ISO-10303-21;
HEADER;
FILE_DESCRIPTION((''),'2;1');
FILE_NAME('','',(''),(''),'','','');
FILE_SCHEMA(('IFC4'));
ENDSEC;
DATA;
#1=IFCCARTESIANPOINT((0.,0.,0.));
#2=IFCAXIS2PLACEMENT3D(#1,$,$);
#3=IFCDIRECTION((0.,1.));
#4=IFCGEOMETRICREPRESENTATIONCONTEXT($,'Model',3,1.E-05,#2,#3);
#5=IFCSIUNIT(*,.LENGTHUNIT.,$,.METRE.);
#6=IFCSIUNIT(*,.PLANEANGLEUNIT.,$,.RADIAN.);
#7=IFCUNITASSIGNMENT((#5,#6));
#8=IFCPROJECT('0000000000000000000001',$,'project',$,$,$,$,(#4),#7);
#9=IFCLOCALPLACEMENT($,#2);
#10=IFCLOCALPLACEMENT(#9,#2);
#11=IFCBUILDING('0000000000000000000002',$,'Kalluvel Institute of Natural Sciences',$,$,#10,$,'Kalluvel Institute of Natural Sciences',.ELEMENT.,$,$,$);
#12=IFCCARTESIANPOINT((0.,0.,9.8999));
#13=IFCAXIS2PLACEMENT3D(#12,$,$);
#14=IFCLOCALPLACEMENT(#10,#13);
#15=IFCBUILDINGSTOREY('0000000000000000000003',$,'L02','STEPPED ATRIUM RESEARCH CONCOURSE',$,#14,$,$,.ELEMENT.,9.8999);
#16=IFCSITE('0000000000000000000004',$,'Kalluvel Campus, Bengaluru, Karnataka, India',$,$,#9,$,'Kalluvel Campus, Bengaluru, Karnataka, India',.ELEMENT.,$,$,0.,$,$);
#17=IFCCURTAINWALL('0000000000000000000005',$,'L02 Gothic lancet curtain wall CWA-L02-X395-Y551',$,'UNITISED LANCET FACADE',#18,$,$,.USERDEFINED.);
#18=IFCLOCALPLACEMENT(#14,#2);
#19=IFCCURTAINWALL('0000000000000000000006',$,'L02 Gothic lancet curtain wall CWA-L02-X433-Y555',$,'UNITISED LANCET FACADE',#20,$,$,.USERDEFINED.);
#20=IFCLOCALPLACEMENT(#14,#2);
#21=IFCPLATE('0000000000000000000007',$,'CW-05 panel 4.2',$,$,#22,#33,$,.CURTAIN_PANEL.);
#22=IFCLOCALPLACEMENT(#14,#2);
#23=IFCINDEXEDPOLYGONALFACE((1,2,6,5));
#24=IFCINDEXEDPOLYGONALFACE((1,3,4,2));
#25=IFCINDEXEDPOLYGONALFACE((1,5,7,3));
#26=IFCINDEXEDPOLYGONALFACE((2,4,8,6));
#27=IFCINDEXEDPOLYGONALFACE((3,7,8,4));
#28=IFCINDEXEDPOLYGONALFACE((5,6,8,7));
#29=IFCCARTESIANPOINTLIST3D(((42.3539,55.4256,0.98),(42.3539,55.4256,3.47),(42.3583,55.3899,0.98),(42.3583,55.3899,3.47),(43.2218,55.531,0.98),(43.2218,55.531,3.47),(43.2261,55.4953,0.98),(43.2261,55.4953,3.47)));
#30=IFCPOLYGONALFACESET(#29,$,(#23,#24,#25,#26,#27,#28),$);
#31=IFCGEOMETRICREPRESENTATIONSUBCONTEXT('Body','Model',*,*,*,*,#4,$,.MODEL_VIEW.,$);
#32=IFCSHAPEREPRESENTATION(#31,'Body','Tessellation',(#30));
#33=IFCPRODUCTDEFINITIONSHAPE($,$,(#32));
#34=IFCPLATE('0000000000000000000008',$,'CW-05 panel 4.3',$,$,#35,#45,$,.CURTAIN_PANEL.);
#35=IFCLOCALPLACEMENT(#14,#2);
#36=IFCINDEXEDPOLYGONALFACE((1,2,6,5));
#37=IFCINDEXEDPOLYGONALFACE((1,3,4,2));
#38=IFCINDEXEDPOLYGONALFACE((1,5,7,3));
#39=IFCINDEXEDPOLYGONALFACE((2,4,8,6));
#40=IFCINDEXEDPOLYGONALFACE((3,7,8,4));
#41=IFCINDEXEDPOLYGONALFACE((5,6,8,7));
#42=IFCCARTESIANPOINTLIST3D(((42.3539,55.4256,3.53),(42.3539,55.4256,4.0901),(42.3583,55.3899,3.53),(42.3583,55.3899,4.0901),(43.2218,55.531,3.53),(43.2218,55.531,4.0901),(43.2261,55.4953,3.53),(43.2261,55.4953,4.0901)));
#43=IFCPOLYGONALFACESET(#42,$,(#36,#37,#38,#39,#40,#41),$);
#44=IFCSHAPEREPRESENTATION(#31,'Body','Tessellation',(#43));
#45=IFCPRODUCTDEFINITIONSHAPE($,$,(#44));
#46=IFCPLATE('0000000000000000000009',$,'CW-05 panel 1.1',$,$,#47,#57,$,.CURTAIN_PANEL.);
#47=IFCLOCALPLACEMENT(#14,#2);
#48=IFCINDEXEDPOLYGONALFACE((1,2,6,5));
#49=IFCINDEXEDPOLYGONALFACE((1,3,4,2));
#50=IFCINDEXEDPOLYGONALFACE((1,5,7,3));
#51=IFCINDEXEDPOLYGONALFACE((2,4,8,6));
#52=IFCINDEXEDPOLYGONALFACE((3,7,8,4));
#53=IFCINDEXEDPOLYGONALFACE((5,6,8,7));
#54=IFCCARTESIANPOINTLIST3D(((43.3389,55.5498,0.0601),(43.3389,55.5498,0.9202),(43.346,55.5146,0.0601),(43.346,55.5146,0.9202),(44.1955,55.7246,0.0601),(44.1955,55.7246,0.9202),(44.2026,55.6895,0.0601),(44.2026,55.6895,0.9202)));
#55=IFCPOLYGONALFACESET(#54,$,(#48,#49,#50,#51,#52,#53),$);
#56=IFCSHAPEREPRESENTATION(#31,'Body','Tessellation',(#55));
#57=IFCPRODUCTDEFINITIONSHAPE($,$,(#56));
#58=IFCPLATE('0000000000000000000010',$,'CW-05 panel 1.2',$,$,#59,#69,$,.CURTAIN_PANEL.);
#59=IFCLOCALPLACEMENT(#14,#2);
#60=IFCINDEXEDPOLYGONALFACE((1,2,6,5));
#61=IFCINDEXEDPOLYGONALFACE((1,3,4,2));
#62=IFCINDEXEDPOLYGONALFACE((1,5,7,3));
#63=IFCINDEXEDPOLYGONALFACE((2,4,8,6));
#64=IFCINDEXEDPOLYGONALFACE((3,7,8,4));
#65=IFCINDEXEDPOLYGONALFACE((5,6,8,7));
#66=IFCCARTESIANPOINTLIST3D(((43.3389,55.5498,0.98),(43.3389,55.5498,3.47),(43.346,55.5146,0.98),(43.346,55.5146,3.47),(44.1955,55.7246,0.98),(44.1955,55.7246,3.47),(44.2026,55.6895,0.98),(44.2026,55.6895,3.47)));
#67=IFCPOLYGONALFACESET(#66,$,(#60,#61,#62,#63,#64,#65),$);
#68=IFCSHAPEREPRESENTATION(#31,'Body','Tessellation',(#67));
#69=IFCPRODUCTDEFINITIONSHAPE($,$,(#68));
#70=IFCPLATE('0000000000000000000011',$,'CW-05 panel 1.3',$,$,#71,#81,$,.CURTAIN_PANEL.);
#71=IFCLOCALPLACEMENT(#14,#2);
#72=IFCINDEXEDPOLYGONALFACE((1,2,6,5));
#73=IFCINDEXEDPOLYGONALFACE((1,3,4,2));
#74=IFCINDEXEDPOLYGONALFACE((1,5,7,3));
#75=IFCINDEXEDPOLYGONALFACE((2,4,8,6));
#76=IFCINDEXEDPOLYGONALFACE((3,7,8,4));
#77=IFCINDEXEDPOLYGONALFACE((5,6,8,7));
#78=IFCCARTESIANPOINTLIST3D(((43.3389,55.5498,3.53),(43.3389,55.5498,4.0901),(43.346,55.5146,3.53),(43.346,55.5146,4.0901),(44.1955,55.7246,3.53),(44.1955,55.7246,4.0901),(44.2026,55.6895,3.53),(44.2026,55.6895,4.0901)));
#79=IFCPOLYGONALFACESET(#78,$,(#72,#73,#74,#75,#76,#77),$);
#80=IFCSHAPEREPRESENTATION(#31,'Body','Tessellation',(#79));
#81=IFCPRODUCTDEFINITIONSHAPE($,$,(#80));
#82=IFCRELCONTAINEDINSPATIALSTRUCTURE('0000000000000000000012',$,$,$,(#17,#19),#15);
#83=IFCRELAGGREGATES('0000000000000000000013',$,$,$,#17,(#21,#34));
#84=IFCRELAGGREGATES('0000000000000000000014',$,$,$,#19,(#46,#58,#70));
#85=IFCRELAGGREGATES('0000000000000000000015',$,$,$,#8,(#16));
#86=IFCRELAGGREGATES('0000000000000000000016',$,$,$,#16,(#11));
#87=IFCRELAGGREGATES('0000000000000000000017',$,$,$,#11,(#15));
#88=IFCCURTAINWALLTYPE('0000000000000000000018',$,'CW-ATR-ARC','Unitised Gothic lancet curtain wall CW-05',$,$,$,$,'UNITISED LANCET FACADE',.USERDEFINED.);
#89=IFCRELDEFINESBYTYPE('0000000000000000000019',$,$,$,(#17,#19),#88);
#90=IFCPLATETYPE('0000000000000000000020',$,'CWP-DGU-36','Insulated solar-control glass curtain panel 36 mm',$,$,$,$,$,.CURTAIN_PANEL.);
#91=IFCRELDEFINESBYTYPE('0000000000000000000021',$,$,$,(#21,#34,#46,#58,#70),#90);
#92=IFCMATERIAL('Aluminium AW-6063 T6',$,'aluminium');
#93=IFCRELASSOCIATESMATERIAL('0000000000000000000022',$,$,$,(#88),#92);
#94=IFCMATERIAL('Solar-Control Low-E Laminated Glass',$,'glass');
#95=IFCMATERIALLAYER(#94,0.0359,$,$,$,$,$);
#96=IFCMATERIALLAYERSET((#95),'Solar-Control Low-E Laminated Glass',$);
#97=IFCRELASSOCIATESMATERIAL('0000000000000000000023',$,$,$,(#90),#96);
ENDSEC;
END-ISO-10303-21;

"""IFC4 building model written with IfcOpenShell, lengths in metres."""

from ifc_helpers import new_model, si_unit, direction, frame, origin, origin_2d, place, context, subcontext, project, spatial, rectangle, extrude, material, layer, layer_set, type_object, element, aggregate, save


model = new_model("IFC4")

# Units and contexts
model_context = context("Model", 3, precision=1e-05, world=origin(), true_north=direction((0.0, 1.0)))
body_context = subcontext(model_context, "Body", "Model", "MODEL_VIEW")
ifc_project = project(units=[si_unit("LENGTHUNIT", "METRE"), si_unit("PLANEANGLEUNIT", "RADIAN")], contexts=[model_context])

# Site, building, storey
site_placement = place(None, origin())
site = spatial("IfcSite", under=ifc_project, at=site_placement, Name="Kalluvel Campus, Bengaluru, Karnataka, India", LongName="Kalluvel Campus, Bengaluru, Karnataka, India", CompositionType="ELEMENT", RefElevation=0.0)
building_placement = place(site_placement, origin())
building = spatial("IfcBuilding", under=site, at=building_placement, Name="Kalluvel Institute of Natural Sciences", LongName="Kalluvel Institute of Natural Sciences", CompositionType="ELEMENT")
storey_placement = place(building_placement, frame((0.0, 0.0, 9.8999)))
storey = spatial("IfcBuildingStorey", under=building, at=storey_placement, Name="L02", Description="STEPPED ATRIUM RESEARCH CONCOURSE", CompositionType="ELEMENT", Elevation=9.8999)

# Curtain walls
ifc_material_1 = material(Name="Aluminium AW-6063 T6", Category="aluminium")
curtain_wall_type = type_object("IfcCurtainWallType", Name="CW-ATR-ARC", Description="Unitised Gothic lancet curtain wall CW-05", ElementType="UNITISED LANCET FACADE", PredefinedType="USERDEFINED", material=ifc_material_1)
curtain_wall_1_placement = place(storey_placement, origin())
curtain_wall_1 = element("IfcCurtainWall", 1, at=curtain_wall_1_placement, inside=storey, type_object=curtain_wall_type, Name="L02 Gothic lancet curtain wall CWA-L02-X395-Y551", ObjectType="UNITISED LANCET FACADE", PredefinedType="USERDEFINED")
curtain_wall_2_placement = place(storey_placement, origin())
curtain_wall_2 = element("IfcCurtainWall", 2, at=curtain_wall_2_placement, inside=storey, type_object=curtain_wall_type, Name="L02 Gothic lancet curtain wall CWA-L02-X433-Y555", ObjectType="UNITISED LANCET FACADE", PredefinedType="USERDEFINED")

# Plates
ifc_material_2 = material(Name="Solar-Control Low-E Laminated Glass", Category="glass")
ifc_layer = layer(ifc_material_2, 0.0359)
ifc_layer_set = layer_set([ifc_layer], Name="Solar-Control Low-E Laminated Glass")
plate_type = type_object("IfcPlateType", Name="CWP-DGU-36", Description="Insulated solar-control glass curtain panel 36 mm", PredefinedType="CURTAIN_PANEL", material=ifc_layer_set)
plate_1_placement = place(storey_placement, frame((42.79, 55.4604, 0.98), z_axis=(0.0, 0.0, 1.0), x_axis=(0.992708, 0.120543, 0.0)))
plate_1 = element("IfcPlate", 3, at=plate_1_placement, type_object=plate_type, Name="CW-05 panel 4.2", PredefinedType="CURTAIN_PANEL", context=body_context, shape_type="SweptSolid", body=[
    extrude(rectangle(XDim=0.8743, YDim=0.0359, at=origin_2d()), origin(), (0.0, 0.0, 1.0), 2.49),
])
plate_2_placement = place(storey_placement, frame((42.79, 55.4604, 3.53), z_axis=(0.0, 0.0, 1.0), x_axis=(0.992708, 0.120543, 0.0)))
plate_2 = element("IfcPlate", 4, at=plate_2_placement, type_object=plate_type, Name="CW-05 panel 4.3", PredefinedType="CURTAIN_PANEL", context=body_context, shape_type="SweptSolid", body=[
    extrude(rectangle(XDim=0.8743, YDim=0.0359, at=origin_2d()), origin(), (0.0, 0.0, 1.0), 0.5601),
])
aggregate(curtain_wall_1, [plate_1, plate_2])
plate_3_placement = place(storey_placement, frame((43.7708, 55.6196, 0.0601), z_axis=(0.0, 0.0, 1.0), x_axis=(0.97979, 0.200028, 0.0)))
plate_3 = element("IfcPlate", 5, at=plate_3_placement, type_object=plate_type, Name="CW-05 panel 1.1", PredefinedType="CURTAIN_PANEL", context=body_context, shape_type="SweptSolid", body=[
    extrude(rectangle(XDim=0.8743, YDim=0.0359, at=origin_2d()), origin(), (0.0, 0.0, 1.0), 0.8601),
])
plate_4_placement = place(storey_placement, frame((43.7708, 55.6196, 0.98), z_axis=(0.0, 0.0, 1.0), x_axis=(0.97979, 0.200028, 0.0)))
plate_4 = element("IfcPlate", 6, at=plate_4_placement, type_object=plate_type, Name="CW-05 panel 1.2", PredefinedType="CURTAIN_PANEL", context=body_context, shape_type="SweptSolid", body=[
    extrude(rectangle(XDim=0.8743, YDim=0.0359, at=origin_2d()), origin(), (0.0, 0.0, 1.0), 2.49),
])
plate_5_placement = place(storey_placement, frame((43.7708, 55.6196, 3.53), z_axis=(0.0, 0.0, 1.0), x_axis=(0.97979, 0.200028, 0.0)))
plate_5 = element("IfcPlate", 7, at=plate_5_placement, type_object=plate_type, Name="CW-05 panel 1.3", PredefinedType="CURTAIN_PANEL", context=body_context, shape_type="SweptSolid", body=[
    extrude(rectangle(XDim=0.8743, YDim=0.0359, at=origin_2d()), origin(), (0.0, 0.0, 1.0), 0.5601),
])
aggregate(curtain_wall_2, [plate_3, plate_4, plate_5])

save(model, "model.ifc")
